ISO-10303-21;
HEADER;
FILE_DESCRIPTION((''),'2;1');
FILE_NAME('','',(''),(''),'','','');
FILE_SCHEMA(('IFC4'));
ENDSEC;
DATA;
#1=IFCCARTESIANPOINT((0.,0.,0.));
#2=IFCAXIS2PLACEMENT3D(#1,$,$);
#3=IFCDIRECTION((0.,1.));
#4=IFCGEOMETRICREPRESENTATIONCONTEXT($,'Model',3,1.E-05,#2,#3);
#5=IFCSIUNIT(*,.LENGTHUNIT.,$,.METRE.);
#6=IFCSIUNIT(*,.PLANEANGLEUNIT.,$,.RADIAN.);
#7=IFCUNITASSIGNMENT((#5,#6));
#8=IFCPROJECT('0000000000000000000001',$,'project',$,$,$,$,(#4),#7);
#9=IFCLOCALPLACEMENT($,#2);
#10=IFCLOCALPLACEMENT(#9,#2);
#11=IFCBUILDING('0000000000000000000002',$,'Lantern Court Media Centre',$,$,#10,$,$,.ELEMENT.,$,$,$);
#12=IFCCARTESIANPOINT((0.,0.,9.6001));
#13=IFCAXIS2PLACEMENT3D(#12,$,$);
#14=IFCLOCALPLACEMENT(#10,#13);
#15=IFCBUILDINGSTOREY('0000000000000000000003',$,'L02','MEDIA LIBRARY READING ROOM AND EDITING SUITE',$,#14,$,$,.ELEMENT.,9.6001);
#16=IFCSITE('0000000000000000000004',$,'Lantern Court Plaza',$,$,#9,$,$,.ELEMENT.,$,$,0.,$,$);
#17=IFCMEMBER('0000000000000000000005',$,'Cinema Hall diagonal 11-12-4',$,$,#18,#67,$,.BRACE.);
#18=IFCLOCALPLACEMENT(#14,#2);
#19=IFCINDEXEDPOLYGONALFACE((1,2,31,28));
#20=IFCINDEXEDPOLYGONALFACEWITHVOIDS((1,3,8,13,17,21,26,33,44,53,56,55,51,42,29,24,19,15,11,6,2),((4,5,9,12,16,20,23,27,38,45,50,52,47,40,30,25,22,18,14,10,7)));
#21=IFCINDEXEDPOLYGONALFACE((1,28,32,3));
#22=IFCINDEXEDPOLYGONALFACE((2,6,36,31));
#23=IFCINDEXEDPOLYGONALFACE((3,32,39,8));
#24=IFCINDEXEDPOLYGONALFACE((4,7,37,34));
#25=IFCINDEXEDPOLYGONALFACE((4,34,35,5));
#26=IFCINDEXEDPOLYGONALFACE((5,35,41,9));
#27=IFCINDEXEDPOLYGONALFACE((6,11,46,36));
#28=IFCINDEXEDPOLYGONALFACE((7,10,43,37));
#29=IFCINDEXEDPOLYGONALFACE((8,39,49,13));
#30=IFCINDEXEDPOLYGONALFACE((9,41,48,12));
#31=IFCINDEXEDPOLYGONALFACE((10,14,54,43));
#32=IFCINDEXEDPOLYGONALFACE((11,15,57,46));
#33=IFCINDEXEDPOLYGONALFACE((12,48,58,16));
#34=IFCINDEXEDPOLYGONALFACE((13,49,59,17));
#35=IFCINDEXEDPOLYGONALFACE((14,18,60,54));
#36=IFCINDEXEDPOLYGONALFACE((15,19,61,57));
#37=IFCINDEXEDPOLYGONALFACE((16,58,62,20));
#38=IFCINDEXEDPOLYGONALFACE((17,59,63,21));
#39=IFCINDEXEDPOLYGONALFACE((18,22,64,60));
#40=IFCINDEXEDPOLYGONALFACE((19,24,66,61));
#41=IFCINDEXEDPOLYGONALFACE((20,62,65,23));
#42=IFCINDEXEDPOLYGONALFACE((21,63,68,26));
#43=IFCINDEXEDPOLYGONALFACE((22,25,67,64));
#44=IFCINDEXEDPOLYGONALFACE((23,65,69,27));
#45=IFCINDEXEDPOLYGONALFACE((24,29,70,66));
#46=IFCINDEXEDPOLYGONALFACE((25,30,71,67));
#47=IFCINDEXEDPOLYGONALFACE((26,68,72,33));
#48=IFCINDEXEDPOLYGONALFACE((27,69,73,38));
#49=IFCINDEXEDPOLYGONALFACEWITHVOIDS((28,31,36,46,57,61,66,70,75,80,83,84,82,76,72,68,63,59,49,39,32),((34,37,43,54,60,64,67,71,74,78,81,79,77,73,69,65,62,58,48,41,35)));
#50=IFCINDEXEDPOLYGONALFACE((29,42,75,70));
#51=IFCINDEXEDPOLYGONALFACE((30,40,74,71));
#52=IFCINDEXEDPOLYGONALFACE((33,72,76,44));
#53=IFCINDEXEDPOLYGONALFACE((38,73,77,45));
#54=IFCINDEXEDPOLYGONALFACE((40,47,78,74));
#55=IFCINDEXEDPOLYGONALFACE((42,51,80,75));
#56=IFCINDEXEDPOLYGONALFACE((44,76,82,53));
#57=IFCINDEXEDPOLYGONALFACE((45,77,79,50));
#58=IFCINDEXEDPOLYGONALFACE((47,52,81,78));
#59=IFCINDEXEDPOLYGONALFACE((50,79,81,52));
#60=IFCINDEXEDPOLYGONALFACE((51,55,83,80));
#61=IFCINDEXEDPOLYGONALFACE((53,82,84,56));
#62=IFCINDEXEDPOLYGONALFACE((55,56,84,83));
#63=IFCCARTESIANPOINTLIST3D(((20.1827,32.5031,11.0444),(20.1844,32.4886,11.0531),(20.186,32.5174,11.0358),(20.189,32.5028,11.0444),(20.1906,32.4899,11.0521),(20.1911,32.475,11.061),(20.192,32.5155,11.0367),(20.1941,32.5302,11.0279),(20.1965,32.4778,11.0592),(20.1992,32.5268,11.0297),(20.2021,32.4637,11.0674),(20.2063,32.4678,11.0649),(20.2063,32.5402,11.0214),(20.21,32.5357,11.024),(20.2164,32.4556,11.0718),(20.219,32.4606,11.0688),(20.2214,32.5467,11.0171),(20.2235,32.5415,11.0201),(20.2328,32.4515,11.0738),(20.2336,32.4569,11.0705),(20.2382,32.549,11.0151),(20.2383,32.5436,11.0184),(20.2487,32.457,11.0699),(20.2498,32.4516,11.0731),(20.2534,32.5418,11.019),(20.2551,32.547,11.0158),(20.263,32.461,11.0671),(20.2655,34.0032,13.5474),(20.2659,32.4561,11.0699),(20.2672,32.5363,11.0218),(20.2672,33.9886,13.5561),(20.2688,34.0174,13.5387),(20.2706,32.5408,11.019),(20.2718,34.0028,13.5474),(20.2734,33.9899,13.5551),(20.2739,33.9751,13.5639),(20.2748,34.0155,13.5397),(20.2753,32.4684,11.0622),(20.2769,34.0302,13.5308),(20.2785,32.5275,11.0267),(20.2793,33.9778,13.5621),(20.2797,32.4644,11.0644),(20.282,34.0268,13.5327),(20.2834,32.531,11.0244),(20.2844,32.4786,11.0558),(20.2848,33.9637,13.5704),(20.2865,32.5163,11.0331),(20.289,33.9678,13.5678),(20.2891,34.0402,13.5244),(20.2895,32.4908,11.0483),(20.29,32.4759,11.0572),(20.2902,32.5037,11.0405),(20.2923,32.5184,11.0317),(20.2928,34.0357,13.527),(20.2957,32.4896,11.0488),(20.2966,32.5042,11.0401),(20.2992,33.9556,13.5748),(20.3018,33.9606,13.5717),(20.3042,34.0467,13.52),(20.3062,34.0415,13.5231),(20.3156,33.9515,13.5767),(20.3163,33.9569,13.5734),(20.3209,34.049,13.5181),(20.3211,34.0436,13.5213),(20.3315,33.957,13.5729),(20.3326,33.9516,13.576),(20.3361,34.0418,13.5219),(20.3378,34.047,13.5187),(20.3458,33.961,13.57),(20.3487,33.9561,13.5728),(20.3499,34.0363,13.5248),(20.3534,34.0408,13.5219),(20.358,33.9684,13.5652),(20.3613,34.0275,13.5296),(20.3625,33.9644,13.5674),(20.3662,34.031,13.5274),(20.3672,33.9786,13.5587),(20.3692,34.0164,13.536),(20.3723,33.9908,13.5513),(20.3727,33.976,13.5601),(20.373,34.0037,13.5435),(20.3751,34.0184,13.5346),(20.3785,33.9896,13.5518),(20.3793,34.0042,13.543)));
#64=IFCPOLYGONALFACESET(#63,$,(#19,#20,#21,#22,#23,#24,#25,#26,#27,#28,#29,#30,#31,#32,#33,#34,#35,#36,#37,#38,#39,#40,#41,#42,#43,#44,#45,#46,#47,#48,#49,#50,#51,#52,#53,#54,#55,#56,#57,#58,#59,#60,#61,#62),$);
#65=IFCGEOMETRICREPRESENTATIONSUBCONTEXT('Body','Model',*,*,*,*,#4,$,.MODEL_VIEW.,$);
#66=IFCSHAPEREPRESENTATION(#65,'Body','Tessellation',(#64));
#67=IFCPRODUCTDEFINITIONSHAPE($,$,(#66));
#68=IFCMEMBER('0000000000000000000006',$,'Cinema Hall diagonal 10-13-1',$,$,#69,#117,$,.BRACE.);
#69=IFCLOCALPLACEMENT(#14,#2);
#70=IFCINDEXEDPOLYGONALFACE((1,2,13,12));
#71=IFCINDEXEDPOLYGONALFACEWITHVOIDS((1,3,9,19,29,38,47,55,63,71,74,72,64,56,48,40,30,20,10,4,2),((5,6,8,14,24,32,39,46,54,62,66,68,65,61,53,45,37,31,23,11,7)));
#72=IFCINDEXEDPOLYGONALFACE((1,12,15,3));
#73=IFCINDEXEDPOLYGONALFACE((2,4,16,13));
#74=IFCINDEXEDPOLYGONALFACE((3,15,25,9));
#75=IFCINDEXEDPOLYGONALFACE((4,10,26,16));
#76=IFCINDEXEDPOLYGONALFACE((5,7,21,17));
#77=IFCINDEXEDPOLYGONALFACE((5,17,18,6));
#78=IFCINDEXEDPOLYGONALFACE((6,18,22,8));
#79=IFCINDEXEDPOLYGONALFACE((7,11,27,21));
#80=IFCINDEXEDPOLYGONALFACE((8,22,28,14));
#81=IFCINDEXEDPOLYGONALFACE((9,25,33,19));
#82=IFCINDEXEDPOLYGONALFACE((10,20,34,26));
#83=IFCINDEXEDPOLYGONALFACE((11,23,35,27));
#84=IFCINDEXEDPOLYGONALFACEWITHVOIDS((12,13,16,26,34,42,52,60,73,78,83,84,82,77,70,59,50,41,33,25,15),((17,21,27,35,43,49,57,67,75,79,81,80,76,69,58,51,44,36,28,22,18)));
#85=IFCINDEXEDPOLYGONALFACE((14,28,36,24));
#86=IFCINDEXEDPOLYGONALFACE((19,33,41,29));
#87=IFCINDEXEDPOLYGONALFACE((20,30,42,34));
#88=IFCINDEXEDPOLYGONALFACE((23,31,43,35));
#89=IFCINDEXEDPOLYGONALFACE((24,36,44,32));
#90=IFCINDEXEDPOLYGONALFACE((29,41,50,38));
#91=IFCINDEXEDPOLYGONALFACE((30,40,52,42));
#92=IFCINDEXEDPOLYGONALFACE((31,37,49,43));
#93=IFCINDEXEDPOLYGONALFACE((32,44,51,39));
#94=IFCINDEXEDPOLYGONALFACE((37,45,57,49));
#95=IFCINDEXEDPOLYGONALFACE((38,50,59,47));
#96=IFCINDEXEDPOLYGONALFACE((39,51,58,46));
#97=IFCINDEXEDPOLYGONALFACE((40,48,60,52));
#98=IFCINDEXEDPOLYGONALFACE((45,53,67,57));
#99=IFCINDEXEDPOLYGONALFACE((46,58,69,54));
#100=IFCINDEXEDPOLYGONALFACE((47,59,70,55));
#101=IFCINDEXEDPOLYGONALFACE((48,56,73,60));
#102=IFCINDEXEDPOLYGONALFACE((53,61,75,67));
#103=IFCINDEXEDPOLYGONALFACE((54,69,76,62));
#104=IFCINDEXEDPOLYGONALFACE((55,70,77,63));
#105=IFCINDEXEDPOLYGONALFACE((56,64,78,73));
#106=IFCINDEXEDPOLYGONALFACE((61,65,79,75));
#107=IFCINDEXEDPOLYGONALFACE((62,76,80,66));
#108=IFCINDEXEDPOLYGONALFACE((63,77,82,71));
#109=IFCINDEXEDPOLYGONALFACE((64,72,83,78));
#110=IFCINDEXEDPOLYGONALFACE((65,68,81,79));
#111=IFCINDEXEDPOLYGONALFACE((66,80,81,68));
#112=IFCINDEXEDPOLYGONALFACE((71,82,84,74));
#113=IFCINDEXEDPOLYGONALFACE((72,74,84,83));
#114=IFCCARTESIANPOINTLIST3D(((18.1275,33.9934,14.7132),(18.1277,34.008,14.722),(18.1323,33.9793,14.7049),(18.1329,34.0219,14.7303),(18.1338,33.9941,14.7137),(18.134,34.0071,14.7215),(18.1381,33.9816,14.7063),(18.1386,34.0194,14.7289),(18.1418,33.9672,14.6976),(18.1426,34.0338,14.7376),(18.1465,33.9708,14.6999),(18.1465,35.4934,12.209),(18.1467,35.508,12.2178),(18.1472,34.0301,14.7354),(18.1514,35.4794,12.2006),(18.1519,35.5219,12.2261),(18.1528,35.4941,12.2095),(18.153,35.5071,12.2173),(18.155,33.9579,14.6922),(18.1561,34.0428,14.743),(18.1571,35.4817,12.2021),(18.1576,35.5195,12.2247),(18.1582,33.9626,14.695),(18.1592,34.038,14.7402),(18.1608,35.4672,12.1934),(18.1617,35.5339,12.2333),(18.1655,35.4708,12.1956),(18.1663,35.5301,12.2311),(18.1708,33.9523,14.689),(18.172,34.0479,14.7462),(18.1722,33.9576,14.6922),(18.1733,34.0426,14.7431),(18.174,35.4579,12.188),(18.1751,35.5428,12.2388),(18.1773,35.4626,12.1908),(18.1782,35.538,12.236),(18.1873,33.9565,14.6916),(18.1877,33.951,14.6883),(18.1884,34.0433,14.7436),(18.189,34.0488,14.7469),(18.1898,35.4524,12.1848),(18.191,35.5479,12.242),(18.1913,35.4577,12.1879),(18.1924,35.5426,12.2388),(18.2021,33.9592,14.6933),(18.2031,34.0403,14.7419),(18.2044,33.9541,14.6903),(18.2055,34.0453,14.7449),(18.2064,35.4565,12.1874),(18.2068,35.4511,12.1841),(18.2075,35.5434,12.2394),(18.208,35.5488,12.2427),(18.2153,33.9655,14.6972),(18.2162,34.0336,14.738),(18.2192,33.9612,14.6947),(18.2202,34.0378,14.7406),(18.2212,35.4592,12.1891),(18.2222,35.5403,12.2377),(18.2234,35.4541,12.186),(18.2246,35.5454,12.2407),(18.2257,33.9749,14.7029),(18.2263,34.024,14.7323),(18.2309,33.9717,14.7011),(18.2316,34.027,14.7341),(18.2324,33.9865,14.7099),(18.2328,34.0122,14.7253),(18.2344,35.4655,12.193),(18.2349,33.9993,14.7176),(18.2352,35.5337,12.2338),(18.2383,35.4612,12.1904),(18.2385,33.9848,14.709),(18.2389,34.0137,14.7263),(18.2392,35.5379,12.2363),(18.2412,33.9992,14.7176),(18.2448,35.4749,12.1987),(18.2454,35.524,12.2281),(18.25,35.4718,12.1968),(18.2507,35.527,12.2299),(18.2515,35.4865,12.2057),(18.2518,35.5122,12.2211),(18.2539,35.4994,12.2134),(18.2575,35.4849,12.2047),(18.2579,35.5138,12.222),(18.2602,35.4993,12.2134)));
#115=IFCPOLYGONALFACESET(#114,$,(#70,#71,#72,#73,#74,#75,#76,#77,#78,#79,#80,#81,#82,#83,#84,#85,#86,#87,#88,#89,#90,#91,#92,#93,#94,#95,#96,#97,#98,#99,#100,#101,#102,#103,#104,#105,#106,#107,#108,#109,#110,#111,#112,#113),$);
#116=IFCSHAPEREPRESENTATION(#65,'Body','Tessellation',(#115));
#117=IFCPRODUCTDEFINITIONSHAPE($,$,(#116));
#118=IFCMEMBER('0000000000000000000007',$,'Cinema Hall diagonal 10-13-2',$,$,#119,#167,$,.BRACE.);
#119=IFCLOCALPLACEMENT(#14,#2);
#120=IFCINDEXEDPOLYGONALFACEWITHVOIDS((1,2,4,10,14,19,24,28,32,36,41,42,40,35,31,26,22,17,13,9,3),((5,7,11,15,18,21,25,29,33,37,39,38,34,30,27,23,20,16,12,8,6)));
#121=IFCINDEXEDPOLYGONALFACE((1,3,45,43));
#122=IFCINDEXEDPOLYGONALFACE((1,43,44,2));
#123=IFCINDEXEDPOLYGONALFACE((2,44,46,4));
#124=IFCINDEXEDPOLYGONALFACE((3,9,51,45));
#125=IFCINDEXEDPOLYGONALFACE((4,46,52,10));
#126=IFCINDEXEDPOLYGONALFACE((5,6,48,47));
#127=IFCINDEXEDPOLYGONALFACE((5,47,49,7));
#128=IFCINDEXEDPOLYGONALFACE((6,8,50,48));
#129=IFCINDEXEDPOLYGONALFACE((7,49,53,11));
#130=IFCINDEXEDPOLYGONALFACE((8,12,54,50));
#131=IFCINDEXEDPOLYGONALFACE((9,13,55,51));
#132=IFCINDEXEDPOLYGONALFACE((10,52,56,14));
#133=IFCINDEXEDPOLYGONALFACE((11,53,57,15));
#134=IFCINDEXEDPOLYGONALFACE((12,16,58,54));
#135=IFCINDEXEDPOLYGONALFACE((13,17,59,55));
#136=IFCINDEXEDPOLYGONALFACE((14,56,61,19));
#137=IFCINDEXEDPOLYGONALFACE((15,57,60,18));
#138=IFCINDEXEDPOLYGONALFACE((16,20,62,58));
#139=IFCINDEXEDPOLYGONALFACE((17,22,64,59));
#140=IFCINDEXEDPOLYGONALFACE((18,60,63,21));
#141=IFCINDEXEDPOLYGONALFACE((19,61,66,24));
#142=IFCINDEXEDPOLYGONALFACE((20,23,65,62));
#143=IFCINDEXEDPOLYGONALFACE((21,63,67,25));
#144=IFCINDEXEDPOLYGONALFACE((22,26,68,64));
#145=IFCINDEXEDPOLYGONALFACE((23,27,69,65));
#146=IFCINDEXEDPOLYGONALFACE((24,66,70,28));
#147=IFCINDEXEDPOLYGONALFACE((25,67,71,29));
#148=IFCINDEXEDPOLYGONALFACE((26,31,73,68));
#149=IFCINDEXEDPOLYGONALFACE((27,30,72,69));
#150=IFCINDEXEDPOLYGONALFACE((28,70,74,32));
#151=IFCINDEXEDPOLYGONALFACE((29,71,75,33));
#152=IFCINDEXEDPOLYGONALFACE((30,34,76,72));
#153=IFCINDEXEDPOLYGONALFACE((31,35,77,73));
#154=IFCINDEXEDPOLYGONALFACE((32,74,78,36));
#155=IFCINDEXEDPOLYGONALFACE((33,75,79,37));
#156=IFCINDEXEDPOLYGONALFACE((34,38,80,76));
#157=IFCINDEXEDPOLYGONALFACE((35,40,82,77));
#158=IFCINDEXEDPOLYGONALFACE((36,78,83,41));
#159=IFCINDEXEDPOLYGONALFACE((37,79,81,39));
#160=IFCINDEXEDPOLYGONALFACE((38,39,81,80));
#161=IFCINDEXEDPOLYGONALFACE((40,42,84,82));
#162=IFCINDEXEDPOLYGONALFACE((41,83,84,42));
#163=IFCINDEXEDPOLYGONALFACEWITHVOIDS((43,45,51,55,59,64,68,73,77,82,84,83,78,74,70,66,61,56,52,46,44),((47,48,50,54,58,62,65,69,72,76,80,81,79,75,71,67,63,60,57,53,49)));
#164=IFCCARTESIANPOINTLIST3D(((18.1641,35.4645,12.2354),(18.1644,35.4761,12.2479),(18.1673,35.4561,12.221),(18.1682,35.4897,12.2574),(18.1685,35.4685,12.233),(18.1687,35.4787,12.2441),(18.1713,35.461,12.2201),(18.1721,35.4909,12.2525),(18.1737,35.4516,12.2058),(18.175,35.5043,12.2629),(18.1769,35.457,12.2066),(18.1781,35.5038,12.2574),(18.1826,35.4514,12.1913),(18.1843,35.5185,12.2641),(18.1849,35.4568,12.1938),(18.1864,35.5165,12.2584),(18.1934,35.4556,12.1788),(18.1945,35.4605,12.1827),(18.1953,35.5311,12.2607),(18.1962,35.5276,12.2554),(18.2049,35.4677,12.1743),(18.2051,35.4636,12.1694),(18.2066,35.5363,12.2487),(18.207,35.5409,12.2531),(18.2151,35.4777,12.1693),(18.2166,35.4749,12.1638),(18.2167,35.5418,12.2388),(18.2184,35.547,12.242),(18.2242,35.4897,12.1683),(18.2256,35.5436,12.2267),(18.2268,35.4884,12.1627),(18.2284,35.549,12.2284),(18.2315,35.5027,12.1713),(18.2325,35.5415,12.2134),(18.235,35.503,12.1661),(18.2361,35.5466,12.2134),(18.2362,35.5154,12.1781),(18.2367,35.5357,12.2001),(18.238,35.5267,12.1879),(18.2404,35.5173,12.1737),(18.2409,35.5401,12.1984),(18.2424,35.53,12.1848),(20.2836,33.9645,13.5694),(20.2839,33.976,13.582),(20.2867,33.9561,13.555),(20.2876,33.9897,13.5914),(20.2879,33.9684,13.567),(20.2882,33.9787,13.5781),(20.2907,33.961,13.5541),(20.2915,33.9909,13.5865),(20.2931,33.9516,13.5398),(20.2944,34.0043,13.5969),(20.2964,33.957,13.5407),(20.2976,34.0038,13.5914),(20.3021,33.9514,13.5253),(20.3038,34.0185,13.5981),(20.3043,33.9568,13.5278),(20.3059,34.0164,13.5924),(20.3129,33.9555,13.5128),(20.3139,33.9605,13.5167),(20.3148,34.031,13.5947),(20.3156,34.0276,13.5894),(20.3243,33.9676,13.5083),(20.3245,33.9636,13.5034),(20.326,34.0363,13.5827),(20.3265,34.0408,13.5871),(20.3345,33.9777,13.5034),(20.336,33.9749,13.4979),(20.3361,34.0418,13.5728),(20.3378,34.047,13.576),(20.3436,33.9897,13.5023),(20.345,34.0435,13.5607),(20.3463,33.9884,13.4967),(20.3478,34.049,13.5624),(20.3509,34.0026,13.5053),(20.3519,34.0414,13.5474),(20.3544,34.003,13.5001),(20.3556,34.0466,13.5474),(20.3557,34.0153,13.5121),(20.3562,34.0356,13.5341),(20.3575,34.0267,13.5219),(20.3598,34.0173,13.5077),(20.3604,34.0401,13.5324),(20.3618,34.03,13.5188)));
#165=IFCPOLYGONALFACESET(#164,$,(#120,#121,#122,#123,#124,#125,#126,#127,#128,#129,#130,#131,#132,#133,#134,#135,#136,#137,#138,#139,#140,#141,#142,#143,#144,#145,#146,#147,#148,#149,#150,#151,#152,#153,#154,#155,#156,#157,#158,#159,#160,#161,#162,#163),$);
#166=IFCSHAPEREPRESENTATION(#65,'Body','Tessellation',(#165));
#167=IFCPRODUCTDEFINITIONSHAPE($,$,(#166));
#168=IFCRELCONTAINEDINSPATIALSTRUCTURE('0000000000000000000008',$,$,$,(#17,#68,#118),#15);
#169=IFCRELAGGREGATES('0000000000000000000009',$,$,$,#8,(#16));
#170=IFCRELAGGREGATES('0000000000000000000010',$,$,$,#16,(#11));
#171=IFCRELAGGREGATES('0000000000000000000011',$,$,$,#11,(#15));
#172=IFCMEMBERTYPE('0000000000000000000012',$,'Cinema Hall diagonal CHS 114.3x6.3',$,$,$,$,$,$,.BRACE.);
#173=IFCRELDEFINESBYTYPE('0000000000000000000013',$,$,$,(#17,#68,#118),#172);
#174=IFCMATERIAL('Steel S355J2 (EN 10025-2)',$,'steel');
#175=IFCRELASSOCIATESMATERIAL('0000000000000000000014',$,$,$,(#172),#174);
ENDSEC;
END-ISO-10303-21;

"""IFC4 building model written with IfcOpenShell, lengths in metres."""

from ifc_helpers import new_model, si_unit, direction, frame, origin, origin_2d, place, context, subcontext, project, spatial, hollow_circle, extrude, material, material_profile, profile_set, type_object, element, save


model = new_model("IFC4")

# Units and contexts
model_context = context("Model", 3, precision=1e-05, world=origin(), true_north=direction((0.0, 1.0)))
body_context = subcontext(model_context, "Body", "Model", "MODEL_VIEW")
ifc_project = project(units=[si_unit("LENGTHUNIT", "METRE"), si_unit("PLANEANGLEUNIT", "RADIAN")], contexts=[model_context])

# Site, building, storey
site_placement = place(None, origin())
site = spatial("IfcSite", under=ifc_project, at=site_placement, Name="Lantern Court Plaza", CompositionType="ELEMENT", RefElevation=0.0)
building_placement = place(site_placement, origin())
building = spatial("IfcBuilding", under=site, at=building_placement, Name="Lantern Court Media Centre", CompositionType="ELEMENT")
storey_placement = place(building_placement, frame((0.0, 0.0, 9.6001)))
storey = spatial("IfcBuildingStorey", under=building, at=storey_placement, Name="L02", Description="MEDIA LIBRARY READING ROOM AND EDITING SUITE", CompositionType="ELEMENT", Elevation=9.6001)

# Members
ifc_material = material(Name="Steel S355J2 (EN 10025-2)", Category="steel")
ifc_material_profile_1 = material_profile(ifc_material, hollow_circle(Radius=0.0571, WallThickness=0.0063, at=origin_2d()), Name="Cinema Hall diagonal CHS 114.3x6.3")
ifc_profile_set_1 = profile_set([ifc_material_profile_1], Name="Steel S355J2 (EN 10025-2)")
member_type_1 = type_object("IfcMemberType", Name="Cinema Hall diagonal CHS 114.3x6.3", PredefinedType="BRACE", material=ifc_profile_set_1)
for number, where, z_axis, x_axis, name in (
    (1, (20.2397, 32.5, 11.0444), (0.028352, 0.513846, 0.857414), (-0.998481, 0.055092, 0.0), "Cinema Hall diagonal 11-12-4"),
    (2, (18.2031, 35.5, 12.2134), (-0.006524, -0.513857, 0.857851), (0.999919, -0.012694, 0.0), "Cinema Hall diagonal 10-13-1"),
    (3, (18.2031, 35.5, 12.2134), (0.726034, -0.513852, 0.45698), (0.577702, 0.816248, 0.0), "Cinema Hall diagonal 10-13-2"),
):
    element("IfcMember", number, at=place(storey_placement, frame(where, z_axis=z_axis, x_axis=x_axis)), inside=storey, type_object=member_type_1, Name=name, PredefinedType="BRACE", context=body_context, shape_type="SweptSolid", body=[
        extrude(hollow_circle(Radius=0.0571, WallThickness=0.0063, at=origin_2d()), origin(), (0.0, 0.0, 1.0), 2.9192),
    ])

save(model, "model.ifc")
